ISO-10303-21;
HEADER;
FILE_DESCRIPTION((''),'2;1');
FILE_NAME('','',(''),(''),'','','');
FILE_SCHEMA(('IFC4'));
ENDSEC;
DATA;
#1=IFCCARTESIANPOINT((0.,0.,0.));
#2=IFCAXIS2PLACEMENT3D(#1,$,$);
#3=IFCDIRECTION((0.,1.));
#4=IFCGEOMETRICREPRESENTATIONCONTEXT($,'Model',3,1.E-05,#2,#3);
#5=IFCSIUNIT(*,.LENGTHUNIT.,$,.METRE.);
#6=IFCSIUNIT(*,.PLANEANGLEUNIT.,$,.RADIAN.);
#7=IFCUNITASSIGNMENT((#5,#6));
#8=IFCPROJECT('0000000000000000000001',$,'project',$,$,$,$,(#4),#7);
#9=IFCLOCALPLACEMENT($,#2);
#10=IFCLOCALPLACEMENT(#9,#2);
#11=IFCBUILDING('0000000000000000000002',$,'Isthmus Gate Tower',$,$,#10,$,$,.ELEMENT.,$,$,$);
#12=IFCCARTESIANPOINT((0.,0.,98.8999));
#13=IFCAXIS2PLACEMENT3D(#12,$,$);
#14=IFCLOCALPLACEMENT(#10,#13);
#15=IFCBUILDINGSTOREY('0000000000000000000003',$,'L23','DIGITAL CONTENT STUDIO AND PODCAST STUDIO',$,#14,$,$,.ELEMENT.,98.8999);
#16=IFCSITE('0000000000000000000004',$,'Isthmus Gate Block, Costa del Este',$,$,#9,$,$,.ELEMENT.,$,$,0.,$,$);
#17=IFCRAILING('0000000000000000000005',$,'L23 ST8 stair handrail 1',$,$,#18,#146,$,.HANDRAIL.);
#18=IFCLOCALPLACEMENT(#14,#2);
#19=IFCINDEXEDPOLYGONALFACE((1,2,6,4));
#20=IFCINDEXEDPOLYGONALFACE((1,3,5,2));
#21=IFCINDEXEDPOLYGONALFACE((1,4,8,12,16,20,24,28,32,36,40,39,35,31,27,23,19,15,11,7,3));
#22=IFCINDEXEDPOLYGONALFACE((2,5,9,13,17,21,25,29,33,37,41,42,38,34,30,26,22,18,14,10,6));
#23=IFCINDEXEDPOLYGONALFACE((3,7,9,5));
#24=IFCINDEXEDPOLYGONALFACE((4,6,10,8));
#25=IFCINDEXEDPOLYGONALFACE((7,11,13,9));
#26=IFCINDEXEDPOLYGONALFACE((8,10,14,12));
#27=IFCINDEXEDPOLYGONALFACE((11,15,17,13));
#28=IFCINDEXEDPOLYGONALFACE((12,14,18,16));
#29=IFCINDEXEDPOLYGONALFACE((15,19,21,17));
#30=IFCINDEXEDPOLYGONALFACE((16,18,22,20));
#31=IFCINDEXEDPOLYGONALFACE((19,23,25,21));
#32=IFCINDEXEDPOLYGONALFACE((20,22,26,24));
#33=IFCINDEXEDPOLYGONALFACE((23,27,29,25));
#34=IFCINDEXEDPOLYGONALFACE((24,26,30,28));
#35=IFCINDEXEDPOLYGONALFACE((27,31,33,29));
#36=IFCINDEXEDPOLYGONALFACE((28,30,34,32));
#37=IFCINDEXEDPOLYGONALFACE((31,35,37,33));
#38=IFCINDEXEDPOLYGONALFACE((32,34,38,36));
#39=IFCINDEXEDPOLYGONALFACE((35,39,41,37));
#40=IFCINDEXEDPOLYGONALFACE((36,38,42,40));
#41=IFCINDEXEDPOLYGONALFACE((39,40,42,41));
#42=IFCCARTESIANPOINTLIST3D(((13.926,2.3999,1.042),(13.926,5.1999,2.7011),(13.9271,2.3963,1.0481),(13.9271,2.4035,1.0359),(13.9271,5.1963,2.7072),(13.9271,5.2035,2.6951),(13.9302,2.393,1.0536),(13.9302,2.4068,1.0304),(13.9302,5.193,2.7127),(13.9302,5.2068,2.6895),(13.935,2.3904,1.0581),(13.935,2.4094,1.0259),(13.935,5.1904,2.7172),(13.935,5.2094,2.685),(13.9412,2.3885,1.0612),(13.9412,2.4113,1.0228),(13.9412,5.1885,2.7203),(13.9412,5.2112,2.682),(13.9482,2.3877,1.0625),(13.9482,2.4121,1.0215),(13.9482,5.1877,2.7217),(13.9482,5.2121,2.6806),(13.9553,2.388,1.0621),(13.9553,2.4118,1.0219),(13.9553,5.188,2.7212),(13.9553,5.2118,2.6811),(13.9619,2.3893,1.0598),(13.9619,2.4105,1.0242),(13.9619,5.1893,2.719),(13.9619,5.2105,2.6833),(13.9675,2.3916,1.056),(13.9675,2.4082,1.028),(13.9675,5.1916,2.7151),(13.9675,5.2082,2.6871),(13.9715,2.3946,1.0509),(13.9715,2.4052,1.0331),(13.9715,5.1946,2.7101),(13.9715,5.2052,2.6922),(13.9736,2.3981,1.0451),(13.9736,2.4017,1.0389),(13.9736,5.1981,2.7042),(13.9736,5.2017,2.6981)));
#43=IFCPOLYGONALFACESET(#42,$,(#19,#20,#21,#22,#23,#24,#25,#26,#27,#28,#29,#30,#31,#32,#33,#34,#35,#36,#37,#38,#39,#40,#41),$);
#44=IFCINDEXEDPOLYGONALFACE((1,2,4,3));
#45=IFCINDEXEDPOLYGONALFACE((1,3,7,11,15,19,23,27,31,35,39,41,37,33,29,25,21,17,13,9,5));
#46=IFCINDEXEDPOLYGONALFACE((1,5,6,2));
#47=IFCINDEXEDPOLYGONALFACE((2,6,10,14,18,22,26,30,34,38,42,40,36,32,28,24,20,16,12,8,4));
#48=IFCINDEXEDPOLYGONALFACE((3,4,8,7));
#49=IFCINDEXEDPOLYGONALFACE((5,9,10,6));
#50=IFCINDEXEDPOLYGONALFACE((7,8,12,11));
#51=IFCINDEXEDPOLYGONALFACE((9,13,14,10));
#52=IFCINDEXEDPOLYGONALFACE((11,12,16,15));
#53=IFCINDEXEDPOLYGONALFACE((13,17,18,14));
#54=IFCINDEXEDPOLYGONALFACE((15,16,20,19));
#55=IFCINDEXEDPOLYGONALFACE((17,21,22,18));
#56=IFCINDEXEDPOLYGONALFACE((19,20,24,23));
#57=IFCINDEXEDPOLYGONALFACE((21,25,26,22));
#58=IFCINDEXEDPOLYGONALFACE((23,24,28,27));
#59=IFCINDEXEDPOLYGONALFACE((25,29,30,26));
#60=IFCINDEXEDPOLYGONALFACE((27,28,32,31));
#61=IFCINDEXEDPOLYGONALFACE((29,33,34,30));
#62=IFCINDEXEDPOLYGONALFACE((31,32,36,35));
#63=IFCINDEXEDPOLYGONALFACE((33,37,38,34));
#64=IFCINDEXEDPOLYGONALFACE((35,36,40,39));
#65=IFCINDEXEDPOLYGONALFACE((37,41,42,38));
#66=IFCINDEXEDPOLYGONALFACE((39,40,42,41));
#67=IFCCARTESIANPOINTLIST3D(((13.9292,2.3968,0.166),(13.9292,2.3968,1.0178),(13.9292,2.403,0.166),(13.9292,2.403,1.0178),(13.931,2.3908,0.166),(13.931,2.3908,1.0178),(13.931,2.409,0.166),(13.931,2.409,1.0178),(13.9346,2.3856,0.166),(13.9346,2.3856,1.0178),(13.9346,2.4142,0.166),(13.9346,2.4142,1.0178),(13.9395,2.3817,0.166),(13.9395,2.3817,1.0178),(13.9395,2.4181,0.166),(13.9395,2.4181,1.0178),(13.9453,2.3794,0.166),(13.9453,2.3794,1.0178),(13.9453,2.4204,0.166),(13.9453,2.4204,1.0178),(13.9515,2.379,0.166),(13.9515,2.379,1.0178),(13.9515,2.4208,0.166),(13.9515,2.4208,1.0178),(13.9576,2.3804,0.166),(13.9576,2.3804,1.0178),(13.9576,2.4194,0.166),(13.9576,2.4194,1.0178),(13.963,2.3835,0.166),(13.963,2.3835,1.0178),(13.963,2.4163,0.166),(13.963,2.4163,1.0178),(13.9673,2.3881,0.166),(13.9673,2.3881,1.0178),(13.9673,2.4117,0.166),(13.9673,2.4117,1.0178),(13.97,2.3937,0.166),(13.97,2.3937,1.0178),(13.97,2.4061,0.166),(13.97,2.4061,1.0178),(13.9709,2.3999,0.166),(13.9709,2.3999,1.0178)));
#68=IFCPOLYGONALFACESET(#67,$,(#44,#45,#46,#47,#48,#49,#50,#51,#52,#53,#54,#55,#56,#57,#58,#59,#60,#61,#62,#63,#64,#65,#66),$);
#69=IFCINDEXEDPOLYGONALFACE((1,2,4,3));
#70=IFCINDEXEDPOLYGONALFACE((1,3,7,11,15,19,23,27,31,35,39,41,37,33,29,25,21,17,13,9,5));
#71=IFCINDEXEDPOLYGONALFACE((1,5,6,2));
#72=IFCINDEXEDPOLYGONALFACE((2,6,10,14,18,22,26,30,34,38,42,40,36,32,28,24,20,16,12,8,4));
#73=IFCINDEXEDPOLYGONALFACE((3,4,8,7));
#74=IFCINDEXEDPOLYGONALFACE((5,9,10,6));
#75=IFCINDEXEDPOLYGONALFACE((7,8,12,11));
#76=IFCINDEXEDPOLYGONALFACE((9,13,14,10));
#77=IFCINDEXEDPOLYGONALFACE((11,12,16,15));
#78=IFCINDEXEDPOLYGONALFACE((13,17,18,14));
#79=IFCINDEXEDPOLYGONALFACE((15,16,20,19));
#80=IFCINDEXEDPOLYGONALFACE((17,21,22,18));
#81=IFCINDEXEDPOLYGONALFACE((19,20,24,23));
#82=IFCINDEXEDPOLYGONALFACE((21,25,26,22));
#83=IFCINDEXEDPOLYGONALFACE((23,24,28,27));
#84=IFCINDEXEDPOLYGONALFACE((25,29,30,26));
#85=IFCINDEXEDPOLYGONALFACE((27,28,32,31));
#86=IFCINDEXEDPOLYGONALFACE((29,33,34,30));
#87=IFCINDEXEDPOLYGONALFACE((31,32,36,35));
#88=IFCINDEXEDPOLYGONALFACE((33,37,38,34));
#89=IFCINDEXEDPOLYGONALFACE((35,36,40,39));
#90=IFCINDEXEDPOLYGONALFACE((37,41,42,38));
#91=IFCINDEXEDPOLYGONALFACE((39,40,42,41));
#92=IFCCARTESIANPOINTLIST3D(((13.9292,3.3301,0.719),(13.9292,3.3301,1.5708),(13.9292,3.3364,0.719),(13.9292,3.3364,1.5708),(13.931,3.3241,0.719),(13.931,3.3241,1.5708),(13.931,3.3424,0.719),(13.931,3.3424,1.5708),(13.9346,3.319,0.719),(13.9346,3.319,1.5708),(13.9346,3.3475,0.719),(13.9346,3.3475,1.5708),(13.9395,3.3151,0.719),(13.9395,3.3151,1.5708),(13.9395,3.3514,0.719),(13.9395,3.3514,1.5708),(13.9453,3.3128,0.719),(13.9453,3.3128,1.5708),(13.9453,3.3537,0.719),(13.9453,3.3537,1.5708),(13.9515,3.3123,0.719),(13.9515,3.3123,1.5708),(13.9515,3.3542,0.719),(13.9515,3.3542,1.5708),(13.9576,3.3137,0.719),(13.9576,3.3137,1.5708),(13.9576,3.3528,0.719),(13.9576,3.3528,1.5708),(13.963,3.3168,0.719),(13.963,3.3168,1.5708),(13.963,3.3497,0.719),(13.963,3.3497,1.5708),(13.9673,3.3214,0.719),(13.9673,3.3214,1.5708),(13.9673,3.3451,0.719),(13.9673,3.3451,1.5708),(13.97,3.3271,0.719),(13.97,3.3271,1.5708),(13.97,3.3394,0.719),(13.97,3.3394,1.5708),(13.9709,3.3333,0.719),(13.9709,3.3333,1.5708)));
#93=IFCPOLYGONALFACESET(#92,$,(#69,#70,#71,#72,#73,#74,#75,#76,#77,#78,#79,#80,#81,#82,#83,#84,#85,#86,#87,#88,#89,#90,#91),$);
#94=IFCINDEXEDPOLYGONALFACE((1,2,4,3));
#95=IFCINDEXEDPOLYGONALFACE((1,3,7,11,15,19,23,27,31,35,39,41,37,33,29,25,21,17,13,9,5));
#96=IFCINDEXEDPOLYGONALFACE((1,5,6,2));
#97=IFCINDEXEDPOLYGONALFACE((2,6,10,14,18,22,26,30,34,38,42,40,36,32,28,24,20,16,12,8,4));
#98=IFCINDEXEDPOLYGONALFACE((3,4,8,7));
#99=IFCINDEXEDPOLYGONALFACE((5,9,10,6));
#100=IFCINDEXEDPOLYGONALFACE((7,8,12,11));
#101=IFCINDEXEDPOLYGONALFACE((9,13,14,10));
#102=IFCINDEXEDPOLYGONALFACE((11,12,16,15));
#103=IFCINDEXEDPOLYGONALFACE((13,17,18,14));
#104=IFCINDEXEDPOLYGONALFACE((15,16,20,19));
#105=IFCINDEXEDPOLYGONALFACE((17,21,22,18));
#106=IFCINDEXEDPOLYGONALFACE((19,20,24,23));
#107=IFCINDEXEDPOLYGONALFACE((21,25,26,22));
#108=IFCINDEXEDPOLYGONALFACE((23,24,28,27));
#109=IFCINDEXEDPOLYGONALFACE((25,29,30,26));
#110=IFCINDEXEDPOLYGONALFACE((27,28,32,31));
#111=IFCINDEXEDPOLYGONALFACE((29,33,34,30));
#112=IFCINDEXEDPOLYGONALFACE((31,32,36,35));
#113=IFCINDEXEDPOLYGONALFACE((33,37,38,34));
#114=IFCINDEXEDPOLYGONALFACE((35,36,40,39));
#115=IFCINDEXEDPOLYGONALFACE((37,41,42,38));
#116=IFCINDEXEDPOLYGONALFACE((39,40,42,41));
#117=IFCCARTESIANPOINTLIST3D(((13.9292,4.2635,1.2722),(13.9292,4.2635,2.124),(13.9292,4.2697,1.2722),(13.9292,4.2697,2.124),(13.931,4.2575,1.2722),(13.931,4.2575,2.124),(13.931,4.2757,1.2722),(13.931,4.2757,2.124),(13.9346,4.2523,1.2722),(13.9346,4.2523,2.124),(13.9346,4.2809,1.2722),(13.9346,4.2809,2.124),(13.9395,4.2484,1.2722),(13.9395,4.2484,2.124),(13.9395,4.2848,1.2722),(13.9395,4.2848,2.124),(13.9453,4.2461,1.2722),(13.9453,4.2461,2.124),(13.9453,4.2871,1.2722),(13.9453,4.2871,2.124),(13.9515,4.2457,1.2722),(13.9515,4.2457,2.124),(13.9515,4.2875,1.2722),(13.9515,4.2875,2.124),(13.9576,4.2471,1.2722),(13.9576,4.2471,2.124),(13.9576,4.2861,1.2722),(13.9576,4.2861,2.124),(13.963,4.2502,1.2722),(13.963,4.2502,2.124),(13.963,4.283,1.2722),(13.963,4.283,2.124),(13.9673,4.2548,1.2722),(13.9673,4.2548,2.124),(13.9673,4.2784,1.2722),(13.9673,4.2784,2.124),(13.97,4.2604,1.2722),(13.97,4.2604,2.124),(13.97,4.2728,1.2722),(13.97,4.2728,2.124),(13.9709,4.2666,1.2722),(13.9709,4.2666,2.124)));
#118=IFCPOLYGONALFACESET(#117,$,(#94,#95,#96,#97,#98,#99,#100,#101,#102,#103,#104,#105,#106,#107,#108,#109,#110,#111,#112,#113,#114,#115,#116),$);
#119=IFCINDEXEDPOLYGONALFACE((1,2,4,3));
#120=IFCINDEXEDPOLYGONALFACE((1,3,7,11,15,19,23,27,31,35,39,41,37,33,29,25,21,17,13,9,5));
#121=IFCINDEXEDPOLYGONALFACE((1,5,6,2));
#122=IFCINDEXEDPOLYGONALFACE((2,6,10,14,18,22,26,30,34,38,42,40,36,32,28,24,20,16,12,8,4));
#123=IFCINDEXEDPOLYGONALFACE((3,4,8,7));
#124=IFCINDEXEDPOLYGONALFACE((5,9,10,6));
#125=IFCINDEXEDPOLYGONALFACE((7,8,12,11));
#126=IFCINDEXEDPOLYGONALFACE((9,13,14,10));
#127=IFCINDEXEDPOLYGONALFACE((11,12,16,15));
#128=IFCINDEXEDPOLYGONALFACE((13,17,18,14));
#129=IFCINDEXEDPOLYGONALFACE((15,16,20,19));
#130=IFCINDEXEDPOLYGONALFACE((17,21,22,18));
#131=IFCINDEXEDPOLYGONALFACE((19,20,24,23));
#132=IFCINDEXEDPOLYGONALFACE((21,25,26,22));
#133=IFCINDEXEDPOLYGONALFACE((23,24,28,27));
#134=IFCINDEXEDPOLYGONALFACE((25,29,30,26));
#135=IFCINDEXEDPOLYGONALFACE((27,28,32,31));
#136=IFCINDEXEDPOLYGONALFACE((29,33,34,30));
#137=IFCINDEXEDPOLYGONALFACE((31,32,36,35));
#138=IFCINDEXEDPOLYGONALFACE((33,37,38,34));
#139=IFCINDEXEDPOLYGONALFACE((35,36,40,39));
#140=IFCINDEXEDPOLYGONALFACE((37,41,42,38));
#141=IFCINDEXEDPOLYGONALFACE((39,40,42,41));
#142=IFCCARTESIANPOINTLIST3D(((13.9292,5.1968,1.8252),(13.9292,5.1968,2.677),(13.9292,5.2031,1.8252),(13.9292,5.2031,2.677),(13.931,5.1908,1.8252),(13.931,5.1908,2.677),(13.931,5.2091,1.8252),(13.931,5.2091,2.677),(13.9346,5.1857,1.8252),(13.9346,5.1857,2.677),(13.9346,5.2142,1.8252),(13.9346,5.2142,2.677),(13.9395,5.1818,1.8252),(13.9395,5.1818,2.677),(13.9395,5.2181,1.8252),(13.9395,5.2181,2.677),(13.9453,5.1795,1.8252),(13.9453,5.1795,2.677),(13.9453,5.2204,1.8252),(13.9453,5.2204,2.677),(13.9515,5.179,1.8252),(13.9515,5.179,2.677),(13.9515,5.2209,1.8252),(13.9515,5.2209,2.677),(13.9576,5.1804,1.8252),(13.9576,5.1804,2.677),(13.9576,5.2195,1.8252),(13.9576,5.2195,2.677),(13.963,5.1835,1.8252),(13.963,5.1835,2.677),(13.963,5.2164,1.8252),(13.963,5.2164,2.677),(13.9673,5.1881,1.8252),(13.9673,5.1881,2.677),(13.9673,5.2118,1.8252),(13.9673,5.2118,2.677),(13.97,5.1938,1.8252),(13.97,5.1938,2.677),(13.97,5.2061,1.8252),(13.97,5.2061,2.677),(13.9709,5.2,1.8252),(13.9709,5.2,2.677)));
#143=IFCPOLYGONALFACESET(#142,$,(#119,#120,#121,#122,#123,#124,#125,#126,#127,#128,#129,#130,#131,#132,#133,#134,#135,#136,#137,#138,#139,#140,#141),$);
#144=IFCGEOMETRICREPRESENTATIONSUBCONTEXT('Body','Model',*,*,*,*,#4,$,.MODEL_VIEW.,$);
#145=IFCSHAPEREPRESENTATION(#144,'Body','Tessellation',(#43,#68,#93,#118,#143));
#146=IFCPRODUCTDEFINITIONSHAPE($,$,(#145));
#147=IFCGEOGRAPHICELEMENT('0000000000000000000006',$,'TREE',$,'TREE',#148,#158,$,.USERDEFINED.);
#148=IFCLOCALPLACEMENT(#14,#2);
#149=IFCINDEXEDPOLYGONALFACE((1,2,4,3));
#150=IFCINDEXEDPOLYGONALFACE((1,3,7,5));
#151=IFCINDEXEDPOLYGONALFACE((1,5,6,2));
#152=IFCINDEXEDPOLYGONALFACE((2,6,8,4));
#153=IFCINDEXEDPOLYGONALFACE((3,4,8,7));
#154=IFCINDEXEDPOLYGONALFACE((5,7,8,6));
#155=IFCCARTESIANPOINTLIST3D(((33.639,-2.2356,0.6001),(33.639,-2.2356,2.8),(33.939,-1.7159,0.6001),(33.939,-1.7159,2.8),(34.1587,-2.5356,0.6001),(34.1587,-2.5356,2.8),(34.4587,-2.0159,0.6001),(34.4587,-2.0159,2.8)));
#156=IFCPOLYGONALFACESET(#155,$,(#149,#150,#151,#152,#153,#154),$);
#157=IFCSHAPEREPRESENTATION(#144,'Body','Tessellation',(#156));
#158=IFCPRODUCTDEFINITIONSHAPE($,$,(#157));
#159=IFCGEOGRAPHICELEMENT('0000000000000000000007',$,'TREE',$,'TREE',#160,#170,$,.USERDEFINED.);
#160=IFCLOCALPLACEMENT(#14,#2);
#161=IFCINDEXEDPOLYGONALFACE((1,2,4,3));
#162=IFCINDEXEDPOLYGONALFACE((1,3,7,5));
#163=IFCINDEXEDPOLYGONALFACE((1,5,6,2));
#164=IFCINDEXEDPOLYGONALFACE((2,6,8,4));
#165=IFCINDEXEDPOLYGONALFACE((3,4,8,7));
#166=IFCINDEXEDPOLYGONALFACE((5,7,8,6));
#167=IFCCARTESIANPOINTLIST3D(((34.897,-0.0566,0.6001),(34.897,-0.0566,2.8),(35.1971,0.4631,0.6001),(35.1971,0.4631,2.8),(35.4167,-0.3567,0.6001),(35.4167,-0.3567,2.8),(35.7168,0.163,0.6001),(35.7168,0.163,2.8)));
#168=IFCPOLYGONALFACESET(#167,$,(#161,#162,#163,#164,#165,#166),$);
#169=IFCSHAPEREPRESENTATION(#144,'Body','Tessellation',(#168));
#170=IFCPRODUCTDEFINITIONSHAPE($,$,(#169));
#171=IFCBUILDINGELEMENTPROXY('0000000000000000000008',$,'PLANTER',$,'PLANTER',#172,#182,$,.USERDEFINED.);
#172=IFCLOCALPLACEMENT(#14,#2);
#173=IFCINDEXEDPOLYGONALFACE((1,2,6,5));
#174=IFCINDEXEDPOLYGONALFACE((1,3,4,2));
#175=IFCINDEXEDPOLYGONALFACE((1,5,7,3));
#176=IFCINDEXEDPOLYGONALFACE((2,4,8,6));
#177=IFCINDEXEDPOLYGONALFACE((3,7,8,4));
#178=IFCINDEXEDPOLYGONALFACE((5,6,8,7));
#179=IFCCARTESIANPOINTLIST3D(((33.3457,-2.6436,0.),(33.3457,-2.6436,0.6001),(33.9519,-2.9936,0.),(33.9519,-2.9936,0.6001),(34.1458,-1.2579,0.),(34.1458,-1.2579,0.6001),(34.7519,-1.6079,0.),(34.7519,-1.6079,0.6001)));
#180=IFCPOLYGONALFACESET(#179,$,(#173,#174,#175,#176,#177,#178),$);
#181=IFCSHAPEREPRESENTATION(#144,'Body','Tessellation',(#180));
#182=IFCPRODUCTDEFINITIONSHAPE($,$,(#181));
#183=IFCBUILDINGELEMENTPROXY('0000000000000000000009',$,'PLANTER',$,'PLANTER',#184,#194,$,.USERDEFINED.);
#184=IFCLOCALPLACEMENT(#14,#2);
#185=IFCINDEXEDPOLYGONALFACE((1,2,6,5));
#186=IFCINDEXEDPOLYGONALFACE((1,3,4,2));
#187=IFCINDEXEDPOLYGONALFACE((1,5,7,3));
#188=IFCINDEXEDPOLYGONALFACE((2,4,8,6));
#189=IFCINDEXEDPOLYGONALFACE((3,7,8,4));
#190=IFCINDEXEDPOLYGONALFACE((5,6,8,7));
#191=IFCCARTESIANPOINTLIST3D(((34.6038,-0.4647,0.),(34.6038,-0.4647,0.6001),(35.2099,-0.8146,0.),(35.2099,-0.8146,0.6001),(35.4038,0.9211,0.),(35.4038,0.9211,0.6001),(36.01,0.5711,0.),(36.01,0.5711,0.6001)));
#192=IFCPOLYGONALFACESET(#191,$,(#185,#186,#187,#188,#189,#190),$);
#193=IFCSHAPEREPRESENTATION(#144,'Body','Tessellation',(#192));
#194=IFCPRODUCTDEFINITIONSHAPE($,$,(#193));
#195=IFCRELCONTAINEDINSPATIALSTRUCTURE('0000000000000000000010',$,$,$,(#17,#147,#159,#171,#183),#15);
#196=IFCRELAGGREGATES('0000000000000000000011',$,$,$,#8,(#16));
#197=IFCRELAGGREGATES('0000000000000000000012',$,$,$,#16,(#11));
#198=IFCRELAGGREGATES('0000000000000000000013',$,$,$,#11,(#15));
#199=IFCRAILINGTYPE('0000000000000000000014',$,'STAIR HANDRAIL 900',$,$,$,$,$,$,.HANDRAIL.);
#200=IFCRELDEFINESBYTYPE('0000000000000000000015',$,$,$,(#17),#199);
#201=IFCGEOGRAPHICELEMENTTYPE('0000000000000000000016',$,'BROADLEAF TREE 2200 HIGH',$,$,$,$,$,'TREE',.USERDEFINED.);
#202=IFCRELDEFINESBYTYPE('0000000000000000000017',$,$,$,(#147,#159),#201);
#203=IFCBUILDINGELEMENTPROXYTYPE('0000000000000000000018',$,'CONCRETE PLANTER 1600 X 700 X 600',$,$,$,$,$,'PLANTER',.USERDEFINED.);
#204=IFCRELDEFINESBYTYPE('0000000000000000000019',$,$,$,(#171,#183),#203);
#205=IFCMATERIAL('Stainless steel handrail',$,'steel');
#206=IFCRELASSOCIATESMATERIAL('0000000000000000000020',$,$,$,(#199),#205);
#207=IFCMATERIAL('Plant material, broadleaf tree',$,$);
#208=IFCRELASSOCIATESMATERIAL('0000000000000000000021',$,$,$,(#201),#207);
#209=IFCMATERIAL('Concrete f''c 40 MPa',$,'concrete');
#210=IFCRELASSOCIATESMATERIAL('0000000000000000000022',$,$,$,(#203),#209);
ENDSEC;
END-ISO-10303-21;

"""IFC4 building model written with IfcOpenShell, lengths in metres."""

from ifc_helpers import new_model, si_unit, direction, frame, origin, origin_2d, place, context, subcontext, project, spatial, rectangle, circle, extrude, material, type_object, element, save


model = new_model("IFC4")

# Units and contexts
model_context = context("Model", 3, precision=1e-05, world=origin(), true_north=direction((0.0, 1.0)))
body_context = subcontext(model_context, "Body", "Model", "MODEL_VIEW")
ifc_project = project(units=[si_unit("LENGTHUNIT", "METRE"), si_unit("PLANEANGLEUNIT", "RADIAN")], contexts=[model_context])

# Site, building, storey
site_placement = place(None, origin())
site = spatial("IfcSite", under=ifc_project, at=site_placement, Name="Isthmus Gate Block, Costa del Este", CompositionType="ELEMENT", RefElevation=0.0)
building_placement = place(site_placement, origin())
building = spatial("IfcBuilding", under=site, at=building_placement, Name="Isthmus Gate Tower", CompositionType="ELEMENT")
storey_placement = place(building_placement, frame((0.0, 0.0, 98.8999)))
storey = spatial("IfcBuildingStorey", under=building, at=storey_placement, Name="L23", Description="DIGITAL CONTENT STUDIO AND PODCAST STUDIO", CompositionType="ELEMENT", Elevation=98.8999)

# Railing
ifc_material_1 = material(Name="Stainless steel handrail", Category="steel")
railing_type_1 = type_object("IfcRailingType", Name="STAIR HANDRAIL 900", PredefinedType="HANDRAIL", material=ifc_material_1)
railing_1_placement = place(storey_placement, frame((13.95, 2.3999, 0.166)))
element("IfcRailing", 1, at=railing_1_placement, inside=storey, type_object=railing_type_1, Name="L23 ST8 stair handrail 1", PredefinedType="HANDRAIL", context=body_context, shape_type="SweptSolid", body=[
    extrude(circle(Radius=0.0239, at=origin_2d()), frame((0.0, 0.0, 0.876), z_axis=(0.0, 0.860306, 0.509778), x_axis=(-1.0, 0.0, 0.0)), (0.0, 0.0, 1.0), 3.2546),
    extrude(circle(Radius=0.021, at=origin_2d()), origin(), (0.0, 0.0, 1.0), 0.8518),
    extrude(circle(Radius=0.021, at=origin_2d()), frame((0.0, 0.9333, 0.553)), (0.0, 0.0, 1.0), 0.8518),
    extrude(circle(Radius=0.021, at=origin_2d()), frame((0.0, 1.8667, 1.1062)), (0.0, 0.0, 1.0), 0.8518),
    extrude(circle(Radius=0.021, at=origin_2d()), frame((0.0, 2.8, 1.6592)), (0.0, 0.0, 1.0), 0.8518),
])

# Geographic elements
ifc_material_2 = material(Name="Plant material, broadleaf tree")
geographic_element_type = type_object("IfcGeographicElementType", Name="BROADLEAF TREE 2200 HIGH", ElementType="TREE", PredefinedType="USERDEFINED", material=ifc_material_2)
for number, where, z_axis, x_axis, name in (
    (2, (34.0488, -2.1257, 0.6001), (0.0, 0.0, 1.0), (0.5, 0.866025, 0.0), "TREE"),
    (3, (35.3069, 0.0532, 0.6001), (0.0, 0.0, 1.0), (0.5, 0.866025, 0.0), "TREE"),
):
    element("IfcGeographicElement", number, at=place(storey_placement, frame(where, z_axis=z_axis, x_axis=x_axis)), inside=storey, type_object=geographic_element_type, Name=name, ObjectType="TREE", PredefinedType="USERDEFINED", context=body_context, shape_type="SweptSolid", body=[
        extrude(rectangle(XDim=0.6001, YDim=0.6001, at=origin_2d()), origin(), (0.0, 0.0, 1.0), 2.2),
    ])

# Building element proxies
ifc_material_3 = material(Name="Concrete f'c 40 MPa", Category="concrete")
building_element_proxy_type = type_object("IfcBuildingElementProxyType", Name="CONCRETE PLANTER 1600 X 700 X 600", ElementType="PLANTER", PredefinedType="USERDEFINED", material=ifc_material_3)
for number, where, z_axis, x_axis, name in (
    (4, (34.0488, -2.1257, 0.0), (0.0, 0.0, 1.0), (0.5, 0.866025, 0.0), "PLANTER"),
    (5, (35.3069, 0.0532, 0.0), (0.0, 0.0, 1.0), (0.5, 0.866025, 0.0), "PLANTER"),
):
    element("IfcBuildingElementProxy", number, at=place(storey_placement, frame(where, z_axis=z_axis, x_axis=x_axis)), inside=storey, type_object=building_element_proxy_type, Name=name, ObjectType="PLANTER", PredefinedType="USERDEFINED", context=body_context, shape_type="SweptSolid", body=[
        extrude(rectangle(XDim=1.6001, YDim=0.7, at=origin_2d()), origin(), (0.0, 0.0, 1.0), 0.6001),
    ])

save(model, "model.ifc")
